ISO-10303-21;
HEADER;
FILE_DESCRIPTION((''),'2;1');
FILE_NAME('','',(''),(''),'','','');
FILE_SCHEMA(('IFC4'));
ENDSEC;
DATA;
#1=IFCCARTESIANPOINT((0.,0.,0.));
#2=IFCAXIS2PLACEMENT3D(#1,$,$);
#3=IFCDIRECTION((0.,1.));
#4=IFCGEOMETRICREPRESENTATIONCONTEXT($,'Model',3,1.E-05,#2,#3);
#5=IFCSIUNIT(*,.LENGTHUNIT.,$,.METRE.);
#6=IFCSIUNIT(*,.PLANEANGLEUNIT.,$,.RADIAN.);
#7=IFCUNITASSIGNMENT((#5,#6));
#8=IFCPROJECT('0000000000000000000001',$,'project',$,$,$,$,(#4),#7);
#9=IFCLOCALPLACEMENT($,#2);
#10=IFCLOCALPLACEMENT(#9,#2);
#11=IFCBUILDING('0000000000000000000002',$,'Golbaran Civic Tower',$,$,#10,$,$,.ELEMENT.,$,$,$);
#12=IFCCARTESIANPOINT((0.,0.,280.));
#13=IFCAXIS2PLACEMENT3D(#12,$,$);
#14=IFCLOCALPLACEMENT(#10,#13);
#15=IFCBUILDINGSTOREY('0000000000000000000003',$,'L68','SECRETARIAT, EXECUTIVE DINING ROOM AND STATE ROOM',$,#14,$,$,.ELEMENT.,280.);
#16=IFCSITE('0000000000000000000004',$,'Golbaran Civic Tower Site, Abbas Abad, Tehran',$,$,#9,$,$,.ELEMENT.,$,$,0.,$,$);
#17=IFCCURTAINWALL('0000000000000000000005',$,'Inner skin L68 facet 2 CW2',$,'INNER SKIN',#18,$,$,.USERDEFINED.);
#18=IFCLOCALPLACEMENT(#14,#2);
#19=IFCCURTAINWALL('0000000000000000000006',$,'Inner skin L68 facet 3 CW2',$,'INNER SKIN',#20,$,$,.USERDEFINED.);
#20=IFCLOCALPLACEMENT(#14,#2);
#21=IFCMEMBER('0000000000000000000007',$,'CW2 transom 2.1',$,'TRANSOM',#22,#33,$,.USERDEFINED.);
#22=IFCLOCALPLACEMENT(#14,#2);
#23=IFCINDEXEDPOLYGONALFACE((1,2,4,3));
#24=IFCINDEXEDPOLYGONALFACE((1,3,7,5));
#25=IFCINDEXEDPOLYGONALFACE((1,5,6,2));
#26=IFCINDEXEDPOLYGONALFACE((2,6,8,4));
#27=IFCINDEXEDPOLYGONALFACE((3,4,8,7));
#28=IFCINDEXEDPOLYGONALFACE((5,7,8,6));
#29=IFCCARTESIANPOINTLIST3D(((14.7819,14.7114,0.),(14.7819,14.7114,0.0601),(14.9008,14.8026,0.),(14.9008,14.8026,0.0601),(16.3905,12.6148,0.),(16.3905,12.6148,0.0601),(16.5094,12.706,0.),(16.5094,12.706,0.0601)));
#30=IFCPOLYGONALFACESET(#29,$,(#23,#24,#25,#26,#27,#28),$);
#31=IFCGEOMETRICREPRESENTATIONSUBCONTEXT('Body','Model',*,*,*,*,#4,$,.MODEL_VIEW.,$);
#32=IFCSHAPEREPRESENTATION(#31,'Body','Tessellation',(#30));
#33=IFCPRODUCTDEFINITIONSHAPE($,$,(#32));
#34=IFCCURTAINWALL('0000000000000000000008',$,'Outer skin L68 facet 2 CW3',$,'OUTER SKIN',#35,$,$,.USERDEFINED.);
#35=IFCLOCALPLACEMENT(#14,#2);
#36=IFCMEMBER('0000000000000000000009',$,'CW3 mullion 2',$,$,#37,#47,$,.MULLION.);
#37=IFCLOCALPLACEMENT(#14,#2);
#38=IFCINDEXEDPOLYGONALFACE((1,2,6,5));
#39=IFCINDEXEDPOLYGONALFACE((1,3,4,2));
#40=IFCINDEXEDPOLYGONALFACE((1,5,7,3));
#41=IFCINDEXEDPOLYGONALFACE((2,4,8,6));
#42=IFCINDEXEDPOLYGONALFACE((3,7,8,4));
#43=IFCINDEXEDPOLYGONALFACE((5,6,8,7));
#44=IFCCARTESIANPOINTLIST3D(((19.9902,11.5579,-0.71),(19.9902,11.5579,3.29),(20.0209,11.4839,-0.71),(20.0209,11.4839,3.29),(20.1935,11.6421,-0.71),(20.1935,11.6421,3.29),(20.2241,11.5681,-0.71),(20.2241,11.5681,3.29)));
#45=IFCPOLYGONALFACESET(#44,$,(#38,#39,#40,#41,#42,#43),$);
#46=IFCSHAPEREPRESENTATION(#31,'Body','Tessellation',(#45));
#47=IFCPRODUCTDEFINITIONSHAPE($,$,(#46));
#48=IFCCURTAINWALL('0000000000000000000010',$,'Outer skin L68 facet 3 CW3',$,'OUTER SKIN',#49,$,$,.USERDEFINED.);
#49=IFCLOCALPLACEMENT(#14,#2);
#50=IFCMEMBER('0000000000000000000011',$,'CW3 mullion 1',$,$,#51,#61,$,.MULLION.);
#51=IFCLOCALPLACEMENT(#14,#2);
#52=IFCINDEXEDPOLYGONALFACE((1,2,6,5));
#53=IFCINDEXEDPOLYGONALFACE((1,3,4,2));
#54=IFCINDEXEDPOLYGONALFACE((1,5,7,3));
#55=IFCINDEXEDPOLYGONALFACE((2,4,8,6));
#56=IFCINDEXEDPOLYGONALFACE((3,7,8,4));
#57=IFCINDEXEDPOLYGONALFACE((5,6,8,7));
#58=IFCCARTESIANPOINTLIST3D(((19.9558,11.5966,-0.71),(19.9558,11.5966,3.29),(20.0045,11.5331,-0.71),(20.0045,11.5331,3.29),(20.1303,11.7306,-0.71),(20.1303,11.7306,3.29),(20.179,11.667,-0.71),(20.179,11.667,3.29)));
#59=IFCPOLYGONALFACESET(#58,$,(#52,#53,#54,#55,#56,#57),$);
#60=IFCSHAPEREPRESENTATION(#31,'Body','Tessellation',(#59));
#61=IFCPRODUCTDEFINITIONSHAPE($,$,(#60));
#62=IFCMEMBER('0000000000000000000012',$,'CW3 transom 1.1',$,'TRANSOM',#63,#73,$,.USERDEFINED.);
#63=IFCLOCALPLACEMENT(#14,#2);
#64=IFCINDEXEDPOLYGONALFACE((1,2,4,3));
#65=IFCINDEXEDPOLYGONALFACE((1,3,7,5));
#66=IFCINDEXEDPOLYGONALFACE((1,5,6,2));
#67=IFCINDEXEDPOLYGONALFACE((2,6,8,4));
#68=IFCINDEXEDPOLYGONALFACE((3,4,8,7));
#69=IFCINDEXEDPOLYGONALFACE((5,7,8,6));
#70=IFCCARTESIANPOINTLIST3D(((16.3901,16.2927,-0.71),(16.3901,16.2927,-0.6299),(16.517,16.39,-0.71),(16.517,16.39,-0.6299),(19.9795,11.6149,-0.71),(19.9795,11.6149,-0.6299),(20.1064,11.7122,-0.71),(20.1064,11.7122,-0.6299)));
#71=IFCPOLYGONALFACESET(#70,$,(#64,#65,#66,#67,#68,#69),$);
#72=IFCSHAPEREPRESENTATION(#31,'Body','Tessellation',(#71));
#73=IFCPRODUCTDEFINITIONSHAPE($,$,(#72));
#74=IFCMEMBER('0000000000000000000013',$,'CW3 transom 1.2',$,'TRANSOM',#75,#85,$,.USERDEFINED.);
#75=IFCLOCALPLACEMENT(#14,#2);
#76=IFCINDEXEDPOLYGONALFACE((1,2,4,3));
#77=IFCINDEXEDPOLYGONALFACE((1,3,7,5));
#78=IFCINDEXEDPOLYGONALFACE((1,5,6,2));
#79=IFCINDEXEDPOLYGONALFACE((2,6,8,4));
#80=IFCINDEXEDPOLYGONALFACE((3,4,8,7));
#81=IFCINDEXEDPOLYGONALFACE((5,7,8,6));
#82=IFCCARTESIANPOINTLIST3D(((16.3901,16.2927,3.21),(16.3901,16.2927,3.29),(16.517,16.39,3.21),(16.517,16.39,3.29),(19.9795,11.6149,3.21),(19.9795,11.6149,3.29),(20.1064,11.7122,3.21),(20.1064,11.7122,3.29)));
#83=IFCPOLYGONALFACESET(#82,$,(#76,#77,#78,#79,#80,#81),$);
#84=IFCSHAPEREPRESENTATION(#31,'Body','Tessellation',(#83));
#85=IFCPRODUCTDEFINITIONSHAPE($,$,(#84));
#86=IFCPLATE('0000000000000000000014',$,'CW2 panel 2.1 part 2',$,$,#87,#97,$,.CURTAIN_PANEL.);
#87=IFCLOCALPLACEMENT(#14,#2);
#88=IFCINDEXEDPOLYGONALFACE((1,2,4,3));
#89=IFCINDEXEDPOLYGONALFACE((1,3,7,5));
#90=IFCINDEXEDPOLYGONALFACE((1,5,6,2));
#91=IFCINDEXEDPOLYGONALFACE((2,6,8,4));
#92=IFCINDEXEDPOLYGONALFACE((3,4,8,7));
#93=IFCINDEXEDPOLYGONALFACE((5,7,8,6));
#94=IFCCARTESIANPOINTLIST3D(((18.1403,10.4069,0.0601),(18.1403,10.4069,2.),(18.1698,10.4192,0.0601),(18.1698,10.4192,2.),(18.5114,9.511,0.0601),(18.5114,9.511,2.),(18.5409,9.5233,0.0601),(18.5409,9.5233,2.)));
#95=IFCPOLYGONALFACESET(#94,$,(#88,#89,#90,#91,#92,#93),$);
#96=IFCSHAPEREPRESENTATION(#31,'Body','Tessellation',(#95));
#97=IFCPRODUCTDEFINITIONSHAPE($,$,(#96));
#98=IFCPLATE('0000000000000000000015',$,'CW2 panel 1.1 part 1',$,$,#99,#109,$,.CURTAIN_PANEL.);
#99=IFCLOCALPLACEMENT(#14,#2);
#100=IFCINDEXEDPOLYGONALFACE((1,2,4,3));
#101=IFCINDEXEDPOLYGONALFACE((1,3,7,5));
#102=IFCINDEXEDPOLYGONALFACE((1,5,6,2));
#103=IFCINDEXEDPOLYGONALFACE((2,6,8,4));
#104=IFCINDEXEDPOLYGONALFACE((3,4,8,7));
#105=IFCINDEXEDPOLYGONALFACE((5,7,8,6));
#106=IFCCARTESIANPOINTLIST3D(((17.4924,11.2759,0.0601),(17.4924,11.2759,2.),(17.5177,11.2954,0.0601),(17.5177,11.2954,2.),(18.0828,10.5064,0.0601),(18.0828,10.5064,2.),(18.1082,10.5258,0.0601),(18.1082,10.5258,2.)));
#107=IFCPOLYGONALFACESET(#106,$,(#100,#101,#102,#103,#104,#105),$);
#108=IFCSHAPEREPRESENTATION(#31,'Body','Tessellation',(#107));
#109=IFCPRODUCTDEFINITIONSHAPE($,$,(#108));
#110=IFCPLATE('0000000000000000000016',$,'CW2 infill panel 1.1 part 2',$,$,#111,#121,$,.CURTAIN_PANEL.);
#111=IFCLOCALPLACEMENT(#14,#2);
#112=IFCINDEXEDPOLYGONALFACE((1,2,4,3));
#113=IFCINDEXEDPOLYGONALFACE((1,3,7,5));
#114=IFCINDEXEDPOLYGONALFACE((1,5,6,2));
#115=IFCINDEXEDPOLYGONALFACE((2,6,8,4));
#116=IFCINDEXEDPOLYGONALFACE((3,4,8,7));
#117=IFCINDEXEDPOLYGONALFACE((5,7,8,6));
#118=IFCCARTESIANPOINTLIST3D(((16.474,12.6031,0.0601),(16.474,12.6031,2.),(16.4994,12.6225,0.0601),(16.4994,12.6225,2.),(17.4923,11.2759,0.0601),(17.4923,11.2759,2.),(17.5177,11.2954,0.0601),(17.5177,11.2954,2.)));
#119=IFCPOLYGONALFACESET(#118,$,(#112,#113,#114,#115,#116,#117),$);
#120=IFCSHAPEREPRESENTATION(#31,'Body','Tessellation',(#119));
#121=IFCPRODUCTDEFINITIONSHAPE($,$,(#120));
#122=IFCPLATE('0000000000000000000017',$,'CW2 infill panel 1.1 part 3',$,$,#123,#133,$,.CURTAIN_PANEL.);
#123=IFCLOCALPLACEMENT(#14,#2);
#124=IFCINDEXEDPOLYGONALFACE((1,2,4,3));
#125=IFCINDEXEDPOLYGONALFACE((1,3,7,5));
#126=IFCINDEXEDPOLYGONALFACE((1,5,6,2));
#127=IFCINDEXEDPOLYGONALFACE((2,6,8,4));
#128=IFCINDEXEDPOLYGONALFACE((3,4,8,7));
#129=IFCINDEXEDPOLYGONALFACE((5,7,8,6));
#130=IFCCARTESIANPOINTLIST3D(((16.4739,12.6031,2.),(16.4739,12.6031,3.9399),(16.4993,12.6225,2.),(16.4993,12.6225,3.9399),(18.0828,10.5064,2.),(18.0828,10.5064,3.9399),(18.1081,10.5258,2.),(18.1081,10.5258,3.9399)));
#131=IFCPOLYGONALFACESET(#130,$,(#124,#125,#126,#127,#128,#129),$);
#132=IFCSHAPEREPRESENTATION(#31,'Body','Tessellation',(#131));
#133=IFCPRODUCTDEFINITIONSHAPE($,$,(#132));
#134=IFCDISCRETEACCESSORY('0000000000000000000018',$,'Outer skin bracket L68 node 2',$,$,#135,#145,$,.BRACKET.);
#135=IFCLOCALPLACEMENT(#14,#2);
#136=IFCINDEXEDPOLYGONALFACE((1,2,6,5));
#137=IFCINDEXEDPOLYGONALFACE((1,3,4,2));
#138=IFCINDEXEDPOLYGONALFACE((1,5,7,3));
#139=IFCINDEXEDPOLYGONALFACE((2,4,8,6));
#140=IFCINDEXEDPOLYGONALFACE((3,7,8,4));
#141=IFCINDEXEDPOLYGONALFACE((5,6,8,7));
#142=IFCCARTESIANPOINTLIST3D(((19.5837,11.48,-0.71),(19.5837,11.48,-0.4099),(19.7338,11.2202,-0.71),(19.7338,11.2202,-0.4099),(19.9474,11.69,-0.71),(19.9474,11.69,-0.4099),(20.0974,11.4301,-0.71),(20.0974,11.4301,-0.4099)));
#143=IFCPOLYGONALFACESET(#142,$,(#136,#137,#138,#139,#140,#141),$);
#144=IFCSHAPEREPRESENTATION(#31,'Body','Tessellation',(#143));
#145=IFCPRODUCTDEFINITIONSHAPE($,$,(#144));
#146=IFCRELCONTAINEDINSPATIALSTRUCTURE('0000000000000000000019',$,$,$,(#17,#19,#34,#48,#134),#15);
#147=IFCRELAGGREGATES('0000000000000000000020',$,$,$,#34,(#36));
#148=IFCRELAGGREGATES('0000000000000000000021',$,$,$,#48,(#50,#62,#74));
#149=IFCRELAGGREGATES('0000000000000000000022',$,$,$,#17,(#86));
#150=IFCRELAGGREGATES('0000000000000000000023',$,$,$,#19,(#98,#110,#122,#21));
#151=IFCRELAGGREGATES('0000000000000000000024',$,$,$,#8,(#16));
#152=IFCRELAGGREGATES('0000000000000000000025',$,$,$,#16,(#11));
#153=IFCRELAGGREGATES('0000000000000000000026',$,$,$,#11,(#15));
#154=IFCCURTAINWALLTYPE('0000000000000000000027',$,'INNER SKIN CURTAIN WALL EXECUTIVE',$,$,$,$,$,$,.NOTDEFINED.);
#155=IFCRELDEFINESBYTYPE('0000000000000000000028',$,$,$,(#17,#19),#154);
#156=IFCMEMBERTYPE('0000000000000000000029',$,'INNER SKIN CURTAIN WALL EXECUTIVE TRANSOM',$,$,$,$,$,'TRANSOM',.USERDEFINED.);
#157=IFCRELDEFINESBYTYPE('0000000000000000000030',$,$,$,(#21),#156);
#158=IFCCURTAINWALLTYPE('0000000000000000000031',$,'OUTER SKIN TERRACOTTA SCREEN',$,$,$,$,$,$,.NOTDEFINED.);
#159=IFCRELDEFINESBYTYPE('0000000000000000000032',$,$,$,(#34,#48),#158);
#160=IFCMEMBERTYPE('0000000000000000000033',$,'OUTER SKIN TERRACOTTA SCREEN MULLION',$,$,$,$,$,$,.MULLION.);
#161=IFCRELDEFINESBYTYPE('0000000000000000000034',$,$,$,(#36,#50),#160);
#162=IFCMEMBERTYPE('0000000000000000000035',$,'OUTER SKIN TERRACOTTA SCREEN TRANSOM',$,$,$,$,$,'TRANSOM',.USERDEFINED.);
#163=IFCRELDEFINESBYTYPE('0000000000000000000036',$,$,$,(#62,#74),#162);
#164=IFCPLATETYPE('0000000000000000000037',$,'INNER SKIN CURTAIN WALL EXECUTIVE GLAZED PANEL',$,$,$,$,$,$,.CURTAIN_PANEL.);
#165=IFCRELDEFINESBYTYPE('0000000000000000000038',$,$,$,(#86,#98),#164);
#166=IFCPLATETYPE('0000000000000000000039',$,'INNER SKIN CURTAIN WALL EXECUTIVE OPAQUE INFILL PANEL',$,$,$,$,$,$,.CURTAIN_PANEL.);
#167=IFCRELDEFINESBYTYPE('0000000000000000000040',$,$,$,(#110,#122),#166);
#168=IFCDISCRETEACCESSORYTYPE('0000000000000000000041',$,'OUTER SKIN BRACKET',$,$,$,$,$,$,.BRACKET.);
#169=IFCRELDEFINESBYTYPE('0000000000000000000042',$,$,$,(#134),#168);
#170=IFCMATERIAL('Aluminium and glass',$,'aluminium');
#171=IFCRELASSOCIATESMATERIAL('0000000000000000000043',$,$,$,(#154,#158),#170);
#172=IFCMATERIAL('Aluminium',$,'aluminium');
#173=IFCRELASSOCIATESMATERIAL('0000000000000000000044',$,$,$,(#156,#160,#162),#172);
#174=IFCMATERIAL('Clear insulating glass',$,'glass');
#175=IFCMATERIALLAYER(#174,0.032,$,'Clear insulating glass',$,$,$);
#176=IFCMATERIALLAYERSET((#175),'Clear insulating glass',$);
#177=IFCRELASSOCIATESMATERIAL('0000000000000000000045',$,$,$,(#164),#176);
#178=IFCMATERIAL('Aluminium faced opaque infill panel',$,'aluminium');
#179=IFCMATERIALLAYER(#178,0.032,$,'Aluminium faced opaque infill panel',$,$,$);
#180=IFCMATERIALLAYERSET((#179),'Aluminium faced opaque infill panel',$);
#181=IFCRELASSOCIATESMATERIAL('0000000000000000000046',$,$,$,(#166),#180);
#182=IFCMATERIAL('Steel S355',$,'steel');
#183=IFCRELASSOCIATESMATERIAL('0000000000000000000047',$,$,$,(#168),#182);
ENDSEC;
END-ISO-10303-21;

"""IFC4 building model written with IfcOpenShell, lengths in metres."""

from ifc_helpers import new_model, si_unit, direction, frame, origin, origin_2d, place, context, subcontext, project, spatial, rectangle, extrude, material, layer, layer_set, material_profile, profile_set, type_object, element, aggregate, save


model = new_model("IFC4")

# Units and contexts
model_context = context("Model", 3, precision=1e-05, world=origin(), true_north=direction((0.0, 1.0)))
body_context = subcontext(model_context, "Body", "Model", "MODEL_VIEW")
ifc_project = project(units=[si_unit("LENGTHUNIT", "METRE"), si_unit("PLANEANGLEUNIT", "RADIAN")], contexts=[model_context])

# Site, building, storey
site_placement = place(None, origin())
site = spatial("IfcSite", under=ifc_project, at=site_placement, Name="Golbaran Civic Tower Site, Abbas Abad, Tehran", CompositionType="ELEMENT", RefElevation=0.0)
building_placement = place(site_placement, origin())
building = spatial("IfcBuilding", under=site, at=building_placement, Name="Golbaran Civic Tower", CompositionType="ELEMENT")
storey_placement = place(building_placement, frame((0.0, 0.0, 280.0)))
storey = spatial("IfcBuildingStorey", under=building, at=storey_placement, Name="L68", Description="SECRETARIAT, EXECUTIVE DINING ROOM AND STATE ROOM", CompositionType="ELEMENT", Elevation=280.0)

# Shared definitions
ifc_material_1 = material(Name="Steel S355", Category="steel")

# Curtain wall
ifc_material_2 = material(Name="Aluminium and glass", Category="aluminium")
curtain_wall_type_1 = type_object("IfcCurtainWallType", Name="INNER SKIN CURTAIN WALL EXECUTIVE", PredefinedType="NOTDEFINED", material=ifc_material_2)
curtain_wall_1_placement = place(storey_placement, origin())
curtain_wall_1 = element("IfcCurtainWall", 1, at=curtain_wall_1_placement, inside=storey, type_object=curtain_wall_type_1, Name="Inner skin L68 facet 2 CW2", ObjectType="INNER SKIN", PredefinedType="USERDEFINED")
ifc_material_3 = material(Name="Aluminium", Category="aluminium")

# Curtain wall, member
curtain_wall_2_placement = place(storey_placement, origin())
curtain_wall_2 = element("IfcCurtainWall", 2, at=curtain_wall_2_placement, inside=storey, type_object=curtain_wall_type_1, Name="Inner skin L68 facet 3 CW2", ObjectType="INNER SKIN", PredefinedType="USERDEFINED")
ifc_material_profile_1 = material_profile(ifc_material_3, rectangle(XDim=0.1499, YDim=0.0601, at=origin_2d()), Name="INNER SKIN CURTAIN WALL EXECUTIVE TRANSOM")
ifc_profile_set_1 = profile_set([ifc_material_profile_1], Name="Aluminium")
member_type_1 = type_object("IfcMemberType", Name="INNER SKIN CURTAIN WALL EXECUTIVE TRANSOM", ElementType="TRANSOM", PredefinedType="USERDEFINED", material=ifc_profile_set_1)
member_1_placement = place(storey_placement, frame((16.45, 12.6604, 0.03), z_axis=(-0.608715, 0.793389, 0.0), x_axis=(-0.793389, -0.608715, 0.0)))
member_1 = element("IfcMember", 3, at=member_1_placement, type_object=member_type_1, Name="CW2 transom 2.1", ObjectType="TRANSOM", PredefinedType="USERDEFINED", context=body_context, shape_type="SweptSolid", body=[
    extrude(rectangle(XDim=0.1499, YDim=0.0601, at=origin_2d()), origin(), (0.0, 0.0, 1.0), 2.6426),
])

# Curtain wall, member
curtain_wall_type_2 = type_object("IfcCurtainWallType", Name="OUTER SKIN TERRACOTTA SCREEN", PredefinedType="NOTDEFINED", material=ifc_material_2)
curtain_wall_3_placement = place(storey_placement, origin())
curtain_wall_3 = element("IfcCurtainWall", 4, at=curtain_wall_3_placement, inside=storey, type_object=curtain_wall_type_2, Name="Outer skin L68 facet 2 CW3", ObjectType="OUTER SKIN", PredefinedType="USERDEFINED")
ifc_material_profile_2 = material_profile(ifc_material_3, rectangle(XDim=0.22, YDim=0.0801, at=origin_2d()), Name="OUTER SKIN TERRACOTTA SCREEN MULLION")
ifc_profile_set_2 = profile_set([ifc_material_profile_2], Name="Aluminium")
member_type_2 = type_object("IfcMemberType", Name="OUTER SKIN TERRACOTTA SCREEN MULLION", PredefinedType="MULLION", material=ifc_profile_set_2)
member_2_placement = place(storey_placement, frame((20.1072, 11.563, -0.71), z_axis=(0.0, 0.0, 1.0), x_axis=(-0.92388, -0.382683, 0.0)))
member_2 = element("IfcMember", 5, at=member_2_placement, type_object=member_type_2, Name="CW3 mullion 2", PredefinedType="MULLION", context=body_context, shape_type="SweptSolid", body=[
    extrude(rectangle(XDim=0.22, YDim=0.0801, at=origin_2d()), origin(), (0.0, 0.0, 1.0), 4.0),
])
aggregate(curtain_wall_3, [member_2])

# Curtain wall, members
curtain_wall_4_placement = place(storey_placement, origin())
curtain_wall_4 = element("IfcCurtainWall", 6, at=curtain_wall_4_placement, inside=storey, type_object=curtain_wall_type_2, Name="Outer skin L68 facet 3 CW3", ObjectType="OUTER SKIN", PredefinedType="USERDEFINED")
member_3_placement = place(storey_placement, frame((20.0674, 11.6318, -0.71), z_axis=(0.0, 0.0, 1.0), x_axis=(-0.793353, -0.608761, 0.0)))
member_3 = element("IfcMember", 7, at=member_3_placement, type_object=member_type_2, Name="CW3 mullion 1", PredefinedType="MULLION", context=body_context, shape_type="SweptSolid", body=[
    extrude(rectangle(XDim=0.22, YDim=0.0801, at=origin_2d()), origin(), (0.0, 0.0, 1.0), 4.0),
])
ifc_material_profile_3 = material_profile(ifc_material_3, rectangle(XDim=0.1599, YDim=0.0801, at=origin_2d()), Name="OUTER SKIN TERRACOTTA SCREEN TRANSOM")
ifc_profile_set_3 = profile_set([ifc_material_profile_3], Name="Aluminium")
member_type_3 = type_object("IfcMemberType", Name="OUTER SKIN TERRACOTTA SCREEN TRANSOM", ElementType="TRANSOM", PredefinedType="USERDEFINED", material=ifc_profile_set_3)
member_4_placement = place(storey_placement, frame((20.043, 11.6636, -0.6699), z_axis=(-0.608762, 0.793353, 0.0), x_axis=(-0.793353, -0.608762, 0.0)))
member_4 = element("IfcMember", 8, at=member_4_placement, type_object=member_type_3, Name="CW3 transom 1.1", ObjectType="TRANSOM", PredefinedType="USERDEFINED", context=body_context, shape_type="SweptSolid", body=[
    extrude(rectangle(XDim=0.1599, YDim=0.0801, at=origin_2d()), origin(), (0.0, 0.0, 1.0), 5.8962),
])
member_5_placement = place(storey_placement, frame((20.043, 11.6636, 3.25), z_axis=(-0.608762, 0.793353, 0.0), x_axis=(-0.793353, -0.608762, 0.0)))
member_5 = element("IfcMember", 9, at=member_5_placement, type_object=member_type_3, Name="CW3 transom 1.2", ObjectType="TRANSOM", PredefinedType="USERDEFINED", context=body_context, shape_type="SweptSolid", body=[
    extrude(rectangle(XDim=0.1599, YDim=0.0801, at=origin_2d()), origin(), (0.0, 0.0, 1.0), 5.8962),
])
aggregate(curtain_wall_4, [member_3, member_4, member_5])

# Plates
ifc_material_4 = material(Name="Clear insulating glass", Category="glass")
ifc_layer_1 = layer(ifc_material_4, 0.032, Name="Clear insulating glass")
ifc_layer_set_1 = layer_set([ifc_layer_1], Name="Clear insulating glass")
plate_type_1 = type_object("IfcPlateType", Name="INNER SKIN CURTAIN WALL EXECUTIVE GLAZED PANEL", PredefinedType="CURTAIN_PANEL", material=ifc_layer_set_1)
plate_1_placement = place(storey_placement, frame((18.3406, 9.9651, 0.0601), z_axis=(0.0, 0.0, 1.0), x_axis=(-0.382683, 0.92388, 0.0)))
plate_1 = element("IfcPlate", 10, at=plate_1_placement, type_object=plate_type_1, Name="CW2 panel 2.1 part 2", PredefinedType="CURTAIN_PANEL", context=body_context, shape_type="SweptSolid", body=[
    extrude(rectangle(XDim=0.9697, YDim=0.032, at=origin_2d()), origin(), (0.0, 0.0, 1.0), 1.9399),
])
aggregate(curtain_wall_1, [plate_1])
plate_2_placement = place(storey_placement, frame((17.8003, 10.9009, 0.0601), z_axis=(0.0, 0.0, 1.0), x_axis=(-0.608761, 0.793353, 0.0)))
plate_2 = element("IfcPlate", 11, at=plate_2_placement, type_object=plate_type_1, Name="CW2 panel 1.1 part 1", PredefinedType="CURTAIN_PANEL", context=body_context, shape_type="SweptSolid", body=[
    extrude(rectangle(XDim=0.97, YDim=0.032, at=origin_2d()), origin(), (0.0, 0.0, 1.0), 1.9399),
])
ifc_material_5 = material(Name="Aluminium faced opaque infill panel", Category="aluminium")
ifc_layer_2 = layer(ifc_material_5, 0.032, Name="Aluminium faced opaque infill panel")
ifc_layer_set_2 = layer_set([ifc_layer_2], Name="Aluminium faced opaque infill panel")
plate_type_2 = type_object("IfcPlateType", Name="INNER SKIN CURTAIN WALL EXECUTIVE OPAQUE INFILL PANEL", PredefinedType="CURTAIN_PANEL", material=ifc_layer_set_2)
plate_3_placement = place(storey_placement, frame((16.9958, 11.9492, 0.0601), z_axis=(0.0, 0.0, 1.0), x_axis=(-0.608761, 0.793353, 0.0)))
plate_3 = element("IfcPlate", 12, at=plate_3_placement, type_object=plate_type_2, Name="CW2 infill panel 1.1 part 2", PredefinedType="CURTAIN_PANEL", context=body_context, shape_type="SweptSolid", body=[
    extrude(rectangle(XDim=1.6729, YDim=0.032, at=origin_2d()), origin(), (0.0, 0.0, 1.0), 1.9399),
])
plate_4_placement = place(storey_placement, frame((17.291, 11.5645, 2.0), z_axis=(0.0, 0.0, 1.0), x_axis=(-0.608761, 0.793353, 0.0)))
plate_4 = element("IfcPlate", 13, at=plate_4_placement, type_object=plate_type_2, Name="CW2 infill panel 1.1 part 3", PredefinedType="CURTAIN_PANEL", context=body_context, shape_type="SweptSolid", body=[
    extrude(rectangle(XDim=2.6428, YDim=0.032, at=origin_2d()), origin(), (0.0, 0.0, 1.0), 1.9399),
])
aggregate(curtain_wall_2, [plate_2, plate_3, plate_4, member_1])

# Discrete accessory
discrete_accessory_type = type_object("IfcDiscreteAccessoryType", Name="OUTER SKIN BRACKET", PredefinedType="BRACKET", material=ifc_material_1)
discrete_accessory_placement = place(storey_placement, frame((19.8406, 11.4551, -0.71), z_axis=(0.0, 0.0, 1.0), x_axis=(0.866025, 0.5, 0.0)))
element("IfcDiscreteAccessory", 14, at=discrete_accessory_placement, inside=storey, type_object=discrete_accessory_type, Name="Outer skin bracket L68 node 2", PredefinedType="BRACKET", context=body_context, shape_type="SweptSolid", body=[
    extrude(rectangle(XDim=0.4199, YDim=0.3, at=origin_2d()), origin(), (0.0, 0.0, 1.0), 0.3),
])

save(model, "model.ifc")
